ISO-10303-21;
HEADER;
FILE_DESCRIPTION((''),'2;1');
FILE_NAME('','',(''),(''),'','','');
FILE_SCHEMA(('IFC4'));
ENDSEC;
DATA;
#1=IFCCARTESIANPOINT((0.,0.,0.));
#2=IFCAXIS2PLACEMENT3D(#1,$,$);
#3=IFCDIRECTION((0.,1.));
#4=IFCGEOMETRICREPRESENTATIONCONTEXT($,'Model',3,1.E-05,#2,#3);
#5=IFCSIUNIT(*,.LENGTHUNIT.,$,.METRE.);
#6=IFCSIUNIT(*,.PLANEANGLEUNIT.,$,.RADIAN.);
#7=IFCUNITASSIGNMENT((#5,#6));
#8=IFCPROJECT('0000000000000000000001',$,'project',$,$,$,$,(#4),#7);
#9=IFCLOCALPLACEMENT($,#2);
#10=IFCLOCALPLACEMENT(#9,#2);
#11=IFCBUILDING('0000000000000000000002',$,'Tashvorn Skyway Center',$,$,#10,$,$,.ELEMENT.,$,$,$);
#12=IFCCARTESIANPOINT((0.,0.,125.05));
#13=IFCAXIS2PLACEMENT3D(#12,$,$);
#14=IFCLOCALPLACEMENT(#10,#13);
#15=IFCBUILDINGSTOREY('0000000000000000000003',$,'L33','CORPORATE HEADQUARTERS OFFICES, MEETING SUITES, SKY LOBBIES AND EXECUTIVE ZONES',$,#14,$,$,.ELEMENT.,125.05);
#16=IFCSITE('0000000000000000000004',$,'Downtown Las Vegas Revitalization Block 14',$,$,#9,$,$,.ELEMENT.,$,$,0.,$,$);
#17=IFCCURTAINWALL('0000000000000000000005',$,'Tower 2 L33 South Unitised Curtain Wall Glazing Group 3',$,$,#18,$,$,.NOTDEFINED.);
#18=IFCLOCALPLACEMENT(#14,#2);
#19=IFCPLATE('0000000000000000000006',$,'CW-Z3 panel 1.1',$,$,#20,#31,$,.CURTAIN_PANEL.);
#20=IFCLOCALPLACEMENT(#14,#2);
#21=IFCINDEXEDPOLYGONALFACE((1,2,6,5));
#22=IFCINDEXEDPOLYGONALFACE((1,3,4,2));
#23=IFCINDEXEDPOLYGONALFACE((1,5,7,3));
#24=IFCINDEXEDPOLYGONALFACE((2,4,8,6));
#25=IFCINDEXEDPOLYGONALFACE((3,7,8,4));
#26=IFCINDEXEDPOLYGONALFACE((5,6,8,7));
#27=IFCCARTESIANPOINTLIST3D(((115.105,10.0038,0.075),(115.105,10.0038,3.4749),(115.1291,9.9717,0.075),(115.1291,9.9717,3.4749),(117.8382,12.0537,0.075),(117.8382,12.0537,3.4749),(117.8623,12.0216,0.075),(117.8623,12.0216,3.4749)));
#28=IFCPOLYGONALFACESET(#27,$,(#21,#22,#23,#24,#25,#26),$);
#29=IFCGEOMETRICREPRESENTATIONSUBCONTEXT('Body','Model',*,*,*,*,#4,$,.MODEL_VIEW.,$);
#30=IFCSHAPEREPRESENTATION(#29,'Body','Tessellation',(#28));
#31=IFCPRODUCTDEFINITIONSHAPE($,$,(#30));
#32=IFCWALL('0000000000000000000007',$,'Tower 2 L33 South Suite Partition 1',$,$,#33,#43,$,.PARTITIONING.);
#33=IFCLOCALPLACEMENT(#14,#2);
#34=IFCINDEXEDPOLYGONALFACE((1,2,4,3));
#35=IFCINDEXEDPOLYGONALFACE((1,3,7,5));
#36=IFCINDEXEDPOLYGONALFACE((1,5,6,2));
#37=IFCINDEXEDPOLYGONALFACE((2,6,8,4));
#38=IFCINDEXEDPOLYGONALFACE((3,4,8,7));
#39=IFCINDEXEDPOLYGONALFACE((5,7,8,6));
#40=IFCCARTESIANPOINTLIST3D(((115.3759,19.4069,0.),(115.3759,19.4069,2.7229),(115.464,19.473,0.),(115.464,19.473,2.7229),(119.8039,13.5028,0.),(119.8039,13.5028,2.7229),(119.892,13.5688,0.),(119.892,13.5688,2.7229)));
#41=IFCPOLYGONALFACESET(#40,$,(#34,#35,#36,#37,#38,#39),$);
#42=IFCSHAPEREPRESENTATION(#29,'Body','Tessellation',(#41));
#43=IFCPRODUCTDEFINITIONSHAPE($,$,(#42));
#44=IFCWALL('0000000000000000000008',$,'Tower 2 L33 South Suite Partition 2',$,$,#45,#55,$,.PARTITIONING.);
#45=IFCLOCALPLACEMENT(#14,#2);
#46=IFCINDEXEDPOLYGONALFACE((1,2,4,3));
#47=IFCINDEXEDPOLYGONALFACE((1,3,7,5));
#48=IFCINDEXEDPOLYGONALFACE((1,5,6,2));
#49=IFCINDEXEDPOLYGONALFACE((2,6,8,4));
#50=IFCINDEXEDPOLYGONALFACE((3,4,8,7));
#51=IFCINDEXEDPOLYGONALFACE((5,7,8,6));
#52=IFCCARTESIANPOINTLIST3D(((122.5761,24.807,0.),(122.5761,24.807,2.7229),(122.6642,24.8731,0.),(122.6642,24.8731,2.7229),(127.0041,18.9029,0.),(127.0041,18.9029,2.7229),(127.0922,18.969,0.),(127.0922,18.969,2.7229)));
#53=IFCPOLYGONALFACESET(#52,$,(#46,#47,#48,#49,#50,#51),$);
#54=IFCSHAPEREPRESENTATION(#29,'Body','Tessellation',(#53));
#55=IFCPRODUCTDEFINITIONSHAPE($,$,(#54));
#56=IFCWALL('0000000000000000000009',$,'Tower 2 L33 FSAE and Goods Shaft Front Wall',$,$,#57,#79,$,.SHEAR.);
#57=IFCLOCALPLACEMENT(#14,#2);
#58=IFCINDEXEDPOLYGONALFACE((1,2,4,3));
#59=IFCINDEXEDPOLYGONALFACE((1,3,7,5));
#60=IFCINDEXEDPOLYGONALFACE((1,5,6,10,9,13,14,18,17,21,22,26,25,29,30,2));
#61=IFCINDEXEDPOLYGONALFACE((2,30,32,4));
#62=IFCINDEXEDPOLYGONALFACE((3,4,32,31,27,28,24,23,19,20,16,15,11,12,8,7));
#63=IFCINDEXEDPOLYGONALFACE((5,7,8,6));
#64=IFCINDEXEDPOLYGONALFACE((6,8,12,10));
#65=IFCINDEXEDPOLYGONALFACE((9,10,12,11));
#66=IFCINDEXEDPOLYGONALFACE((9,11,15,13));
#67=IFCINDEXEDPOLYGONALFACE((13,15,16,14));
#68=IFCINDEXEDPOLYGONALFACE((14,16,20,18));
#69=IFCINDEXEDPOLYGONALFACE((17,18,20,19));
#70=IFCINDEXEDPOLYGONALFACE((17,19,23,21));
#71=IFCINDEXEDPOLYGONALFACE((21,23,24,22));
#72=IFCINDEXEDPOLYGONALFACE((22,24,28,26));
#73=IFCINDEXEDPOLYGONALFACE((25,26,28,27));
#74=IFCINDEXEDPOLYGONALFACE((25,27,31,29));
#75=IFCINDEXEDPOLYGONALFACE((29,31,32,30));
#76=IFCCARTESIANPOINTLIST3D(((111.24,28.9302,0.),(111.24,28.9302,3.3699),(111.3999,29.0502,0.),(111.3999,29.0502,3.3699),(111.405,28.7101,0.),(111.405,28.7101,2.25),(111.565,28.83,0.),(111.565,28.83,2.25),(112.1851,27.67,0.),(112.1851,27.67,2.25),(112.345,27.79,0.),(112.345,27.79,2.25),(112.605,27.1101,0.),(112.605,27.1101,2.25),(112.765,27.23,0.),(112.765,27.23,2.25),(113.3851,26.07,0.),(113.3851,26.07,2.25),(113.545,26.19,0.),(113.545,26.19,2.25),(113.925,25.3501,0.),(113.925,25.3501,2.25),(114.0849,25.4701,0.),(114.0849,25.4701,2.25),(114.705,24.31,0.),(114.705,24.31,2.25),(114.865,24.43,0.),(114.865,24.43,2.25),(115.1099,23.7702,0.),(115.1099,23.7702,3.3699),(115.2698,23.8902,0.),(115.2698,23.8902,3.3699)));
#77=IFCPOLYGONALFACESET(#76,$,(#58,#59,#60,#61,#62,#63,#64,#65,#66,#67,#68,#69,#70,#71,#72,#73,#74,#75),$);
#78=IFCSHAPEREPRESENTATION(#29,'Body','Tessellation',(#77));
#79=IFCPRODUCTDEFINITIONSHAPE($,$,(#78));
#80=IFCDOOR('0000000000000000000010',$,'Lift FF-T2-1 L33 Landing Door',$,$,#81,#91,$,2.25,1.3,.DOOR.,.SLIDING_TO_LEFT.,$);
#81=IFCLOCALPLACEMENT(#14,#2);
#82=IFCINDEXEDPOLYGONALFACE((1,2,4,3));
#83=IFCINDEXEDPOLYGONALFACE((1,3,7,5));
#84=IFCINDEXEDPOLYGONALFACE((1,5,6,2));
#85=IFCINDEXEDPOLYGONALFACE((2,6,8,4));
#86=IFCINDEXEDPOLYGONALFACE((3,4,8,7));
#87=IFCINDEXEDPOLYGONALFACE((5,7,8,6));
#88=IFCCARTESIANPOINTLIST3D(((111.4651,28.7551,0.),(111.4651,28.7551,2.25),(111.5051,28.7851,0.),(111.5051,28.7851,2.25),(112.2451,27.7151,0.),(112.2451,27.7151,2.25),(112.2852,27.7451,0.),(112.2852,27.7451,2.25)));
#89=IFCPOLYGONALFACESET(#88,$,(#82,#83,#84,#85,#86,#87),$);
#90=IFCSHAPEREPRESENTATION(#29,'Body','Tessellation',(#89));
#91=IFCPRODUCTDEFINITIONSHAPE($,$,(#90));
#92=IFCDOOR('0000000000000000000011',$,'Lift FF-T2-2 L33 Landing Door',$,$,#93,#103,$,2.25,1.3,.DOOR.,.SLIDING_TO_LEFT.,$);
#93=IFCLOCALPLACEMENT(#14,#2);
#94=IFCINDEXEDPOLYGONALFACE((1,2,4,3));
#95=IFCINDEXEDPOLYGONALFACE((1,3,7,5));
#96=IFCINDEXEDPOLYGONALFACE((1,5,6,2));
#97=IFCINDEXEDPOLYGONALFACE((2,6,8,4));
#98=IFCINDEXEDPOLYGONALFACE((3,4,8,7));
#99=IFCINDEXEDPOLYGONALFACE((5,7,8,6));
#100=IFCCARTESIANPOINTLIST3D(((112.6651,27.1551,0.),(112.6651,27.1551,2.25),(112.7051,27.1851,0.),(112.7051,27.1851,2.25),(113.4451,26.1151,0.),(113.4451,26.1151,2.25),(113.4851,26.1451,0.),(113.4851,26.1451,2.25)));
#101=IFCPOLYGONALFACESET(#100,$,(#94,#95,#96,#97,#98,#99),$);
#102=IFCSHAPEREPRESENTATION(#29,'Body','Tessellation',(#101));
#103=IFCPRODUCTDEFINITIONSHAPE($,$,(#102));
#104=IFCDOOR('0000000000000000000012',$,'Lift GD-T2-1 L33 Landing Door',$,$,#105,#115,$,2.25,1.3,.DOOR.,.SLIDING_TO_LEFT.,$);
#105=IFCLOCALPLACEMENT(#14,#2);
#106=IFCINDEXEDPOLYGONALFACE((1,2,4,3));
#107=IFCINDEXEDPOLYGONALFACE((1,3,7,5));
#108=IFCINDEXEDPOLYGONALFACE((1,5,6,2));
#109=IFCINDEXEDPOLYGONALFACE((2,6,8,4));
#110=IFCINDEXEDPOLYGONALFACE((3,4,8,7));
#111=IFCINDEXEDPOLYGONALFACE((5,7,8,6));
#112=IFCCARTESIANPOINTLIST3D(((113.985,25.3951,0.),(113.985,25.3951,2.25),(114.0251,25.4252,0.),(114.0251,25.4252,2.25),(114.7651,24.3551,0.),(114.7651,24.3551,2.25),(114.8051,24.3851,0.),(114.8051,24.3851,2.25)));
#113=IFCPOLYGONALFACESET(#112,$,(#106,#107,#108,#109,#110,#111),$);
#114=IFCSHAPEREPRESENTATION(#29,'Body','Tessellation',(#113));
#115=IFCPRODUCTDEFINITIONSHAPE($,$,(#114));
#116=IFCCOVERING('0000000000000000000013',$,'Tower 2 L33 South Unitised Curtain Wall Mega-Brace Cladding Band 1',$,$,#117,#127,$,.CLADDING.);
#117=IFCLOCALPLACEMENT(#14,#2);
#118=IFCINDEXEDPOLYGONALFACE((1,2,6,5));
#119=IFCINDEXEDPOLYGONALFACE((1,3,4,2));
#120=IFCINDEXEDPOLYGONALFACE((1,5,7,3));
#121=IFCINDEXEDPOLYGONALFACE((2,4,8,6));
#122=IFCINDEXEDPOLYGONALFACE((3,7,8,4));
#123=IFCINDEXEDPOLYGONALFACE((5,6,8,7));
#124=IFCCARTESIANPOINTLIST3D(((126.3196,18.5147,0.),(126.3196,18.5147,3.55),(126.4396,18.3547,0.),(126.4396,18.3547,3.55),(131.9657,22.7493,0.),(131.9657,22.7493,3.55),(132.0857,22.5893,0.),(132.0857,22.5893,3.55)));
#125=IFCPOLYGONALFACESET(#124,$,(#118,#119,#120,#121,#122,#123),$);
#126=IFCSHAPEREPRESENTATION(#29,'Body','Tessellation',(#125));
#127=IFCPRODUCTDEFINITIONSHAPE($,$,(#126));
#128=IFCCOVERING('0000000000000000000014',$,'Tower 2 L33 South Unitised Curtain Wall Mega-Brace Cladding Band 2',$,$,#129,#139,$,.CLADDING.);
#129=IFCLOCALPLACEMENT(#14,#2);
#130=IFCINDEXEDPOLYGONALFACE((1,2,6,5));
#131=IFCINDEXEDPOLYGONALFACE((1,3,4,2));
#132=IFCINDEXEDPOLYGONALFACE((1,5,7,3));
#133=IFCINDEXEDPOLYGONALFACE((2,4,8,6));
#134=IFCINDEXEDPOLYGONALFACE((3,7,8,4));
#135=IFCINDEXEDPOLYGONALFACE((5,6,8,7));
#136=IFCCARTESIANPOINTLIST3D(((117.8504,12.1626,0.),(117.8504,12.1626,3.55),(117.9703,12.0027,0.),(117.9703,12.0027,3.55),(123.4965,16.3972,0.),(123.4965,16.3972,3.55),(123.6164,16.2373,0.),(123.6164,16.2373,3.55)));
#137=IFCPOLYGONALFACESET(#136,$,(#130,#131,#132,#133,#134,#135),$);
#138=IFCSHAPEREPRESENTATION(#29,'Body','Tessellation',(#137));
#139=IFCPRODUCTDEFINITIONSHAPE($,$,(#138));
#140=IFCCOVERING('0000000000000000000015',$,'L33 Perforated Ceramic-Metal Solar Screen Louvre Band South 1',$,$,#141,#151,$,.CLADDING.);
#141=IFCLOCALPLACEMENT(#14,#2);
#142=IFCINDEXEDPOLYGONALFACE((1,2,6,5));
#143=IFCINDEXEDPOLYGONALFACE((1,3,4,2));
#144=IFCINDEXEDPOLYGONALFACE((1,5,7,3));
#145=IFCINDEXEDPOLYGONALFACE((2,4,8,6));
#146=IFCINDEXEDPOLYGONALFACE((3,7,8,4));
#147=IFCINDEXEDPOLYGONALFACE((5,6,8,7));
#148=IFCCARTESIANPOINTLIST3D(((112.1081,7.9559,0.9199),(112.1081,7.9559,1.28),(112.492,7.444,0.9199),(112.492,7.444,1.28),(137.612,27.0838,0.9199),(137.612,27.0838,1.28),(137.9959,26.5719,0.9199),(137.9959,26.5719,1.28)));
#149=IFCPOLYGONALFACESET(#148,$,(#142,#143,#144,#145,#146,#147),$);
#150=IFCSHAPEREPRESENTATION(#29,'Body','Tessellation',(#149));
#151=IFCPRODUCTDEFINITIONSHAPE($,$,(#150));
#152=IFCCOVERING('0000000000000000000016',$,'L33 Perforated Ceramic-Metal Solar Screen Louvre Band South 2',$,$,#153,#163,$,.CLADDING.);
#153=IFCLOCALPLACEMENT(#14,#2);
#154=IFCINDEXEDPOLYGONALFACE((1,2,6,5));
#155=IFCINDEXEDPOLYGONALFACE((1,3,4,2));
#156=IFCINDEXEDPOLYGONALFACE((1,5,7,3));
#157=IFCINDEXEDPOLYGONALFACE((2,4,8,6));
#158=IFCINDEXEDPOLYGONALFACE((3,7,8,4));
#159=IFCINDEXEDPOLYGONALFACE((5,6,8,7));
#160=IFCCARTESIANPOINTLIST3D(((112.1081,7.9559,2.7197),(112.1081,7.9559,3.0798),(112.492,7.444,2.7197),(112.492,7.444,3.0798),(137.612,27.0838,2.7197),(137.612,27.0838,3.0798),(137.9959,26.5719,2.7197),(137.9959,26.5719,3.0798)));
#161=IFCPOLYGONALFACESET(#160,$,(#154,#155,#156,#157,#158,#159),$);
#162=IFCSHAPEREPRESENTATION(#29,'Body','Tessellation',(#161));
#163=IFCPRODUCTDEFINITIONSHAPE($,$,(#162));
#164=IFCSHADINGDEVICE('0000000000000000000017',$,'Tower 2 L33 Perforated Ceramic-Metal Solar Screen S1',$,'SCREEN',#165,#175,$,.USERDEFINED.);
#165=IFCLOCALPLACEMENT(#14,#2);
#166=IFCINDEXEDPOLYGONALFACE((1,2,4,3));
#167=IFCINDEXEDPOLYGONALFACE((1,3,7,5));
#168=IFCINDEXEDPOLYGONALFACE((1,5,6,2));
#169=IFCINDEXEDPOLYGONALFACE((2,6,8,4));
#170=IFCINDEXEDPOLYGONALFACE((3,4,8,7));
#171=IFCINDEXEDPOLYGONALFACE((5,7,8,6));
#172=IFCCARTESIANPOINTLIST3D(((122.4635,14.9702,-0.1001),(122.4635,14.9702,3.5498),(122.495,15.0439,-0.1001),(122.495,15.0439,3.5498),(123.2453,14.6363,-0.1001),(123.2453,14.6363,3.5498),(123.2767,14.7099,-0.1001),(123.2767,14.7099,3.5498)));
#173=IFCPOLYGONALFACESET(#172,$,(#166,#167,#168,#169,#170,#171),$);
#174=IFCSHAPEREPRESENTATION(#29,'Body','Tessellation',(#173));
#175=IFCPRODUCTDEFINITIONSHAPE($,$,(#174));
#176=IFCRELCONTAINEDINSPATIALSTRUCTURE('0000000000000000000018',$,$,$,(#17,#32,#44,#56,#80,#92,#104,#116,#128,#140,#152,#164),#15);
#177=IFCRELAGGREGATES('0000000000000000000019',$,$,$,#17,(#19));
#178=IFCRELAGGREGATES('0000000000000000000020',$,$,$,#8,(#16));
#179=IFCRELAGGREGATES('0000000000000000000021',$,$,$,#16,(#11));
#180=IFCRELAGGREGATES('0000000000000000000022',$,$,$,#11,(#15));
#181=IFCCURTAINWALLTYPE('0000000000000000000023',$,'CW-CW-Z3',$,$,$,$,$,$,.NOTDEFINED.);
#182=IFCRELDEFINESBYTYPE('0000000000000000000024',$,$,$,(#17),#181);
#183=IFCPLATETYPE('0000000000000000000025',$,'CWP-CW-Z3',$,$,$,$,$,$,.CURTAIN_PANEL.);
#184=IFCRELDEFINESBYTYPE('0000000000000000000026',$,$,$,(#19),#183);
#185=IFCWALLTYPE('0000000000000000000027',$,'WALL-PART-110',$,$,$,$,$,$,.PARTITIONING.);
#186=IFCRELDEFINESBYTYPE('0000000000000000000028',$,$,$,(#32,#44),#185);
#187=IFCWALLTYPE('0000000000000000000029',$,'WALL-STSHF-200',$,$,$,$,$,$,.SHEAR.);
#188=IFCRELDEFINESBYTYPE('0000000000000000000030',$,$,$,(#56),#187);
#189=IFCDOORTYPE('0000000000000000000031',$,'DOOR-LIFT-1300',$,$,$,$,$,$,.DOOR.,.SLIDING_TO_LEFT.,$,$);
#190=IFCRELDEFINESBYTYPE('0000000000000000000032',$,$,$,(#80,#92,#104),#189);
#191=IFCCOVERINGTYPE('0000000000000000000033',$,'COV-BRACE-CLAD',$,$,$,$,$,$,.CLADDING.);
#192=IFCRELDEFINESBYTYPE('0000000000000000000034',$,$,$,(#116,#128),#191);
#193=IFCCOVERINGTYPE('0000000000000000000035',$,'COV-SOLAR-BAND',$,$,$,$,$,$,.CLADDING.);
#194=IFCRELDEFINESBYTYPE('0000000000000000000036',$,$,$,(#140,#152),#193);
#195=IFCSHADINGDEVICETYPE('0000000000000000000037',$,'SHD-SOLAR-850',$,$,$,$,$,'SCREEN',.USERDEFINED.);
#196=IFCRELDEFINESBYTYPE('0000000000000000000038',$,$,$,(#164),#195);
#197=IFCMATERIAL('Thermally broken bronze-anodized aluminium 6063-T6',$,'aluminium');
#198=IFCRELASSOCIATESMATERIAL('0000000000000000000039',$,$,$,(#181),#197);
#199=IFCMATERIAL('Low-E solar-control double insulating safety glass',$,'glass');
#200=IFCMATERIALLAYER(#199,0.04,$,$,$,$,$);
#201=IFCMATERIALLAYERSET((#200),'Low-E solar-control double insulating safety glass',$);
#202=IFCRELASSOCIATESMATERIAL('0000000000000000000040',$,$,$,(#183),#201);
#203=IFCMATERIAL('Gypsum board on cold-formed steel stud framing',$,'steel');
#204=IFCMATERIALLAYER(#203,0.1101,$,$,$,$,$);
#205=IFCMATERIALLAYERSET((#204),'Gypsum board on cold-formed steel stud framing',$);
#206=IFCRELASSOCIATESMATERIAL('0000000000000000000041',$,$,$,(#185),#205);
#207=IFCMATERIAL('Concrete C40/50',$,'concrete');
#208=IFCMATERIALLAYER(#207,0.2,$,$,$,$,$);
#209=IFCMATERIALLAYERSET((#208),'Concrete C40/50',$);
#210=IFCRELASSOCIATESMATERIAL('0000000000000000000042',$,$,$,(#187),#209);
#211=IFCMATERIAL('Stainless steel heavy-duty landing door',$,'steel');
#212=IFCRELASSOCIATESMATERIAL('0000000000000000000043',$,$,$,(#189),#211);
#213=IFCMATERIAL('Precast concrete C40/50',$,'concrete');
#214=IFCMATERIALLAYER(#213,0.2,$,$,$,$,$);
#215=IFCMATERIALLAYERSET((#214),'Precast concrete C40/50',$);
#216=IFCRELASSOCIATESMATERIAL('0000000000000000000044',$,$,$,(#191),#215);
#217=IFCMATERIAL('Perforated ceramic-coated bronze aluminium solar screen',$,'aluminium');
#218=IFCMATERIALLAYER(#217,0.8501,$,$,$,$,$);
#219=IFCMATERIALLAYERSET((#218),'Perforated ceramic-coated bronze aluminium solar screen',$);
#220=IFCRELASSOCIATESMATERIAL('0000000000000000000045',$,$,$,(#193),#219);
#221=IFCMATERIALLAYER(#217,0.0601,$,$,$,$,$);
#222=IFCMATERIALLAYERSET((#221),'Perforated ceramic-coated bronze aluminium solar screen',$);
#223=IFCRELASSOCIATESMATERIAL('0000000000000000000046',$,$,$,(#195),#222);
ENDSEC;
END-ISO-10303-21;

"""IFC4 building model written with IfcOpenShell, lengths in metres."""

from ifc_helpers import new_model, si_unit, direction, frame, frame_2d, origin, origin_2d, place, context, subcontext, project, spatial, rectangle, extrude, material, layer, layer_set, type_object, element, fill, aggregate, save


model = new_model("IFC4")

# Units and contexts
model_context = context("Model", 3, precision=1e-05, world=origin(), true_north=direction((0.0, 1.0)))
body_context = subcontext(model_context, "Body", "Model", "MODEL_VIEW")
ifc_project = project(units=[si_unit("LENGTHUNIT", "METRE"), si_unit("PLANEANGLEUNIT", "RADIAN")], contexts=[model_context])

# Site, building, storey
site_placement = place(None, origin())
site = spatial("IfcSite", under=ifc_project, at=site_placement, Name="Downtown Las Vegas Revitalization Block 14", CompositionType="ELEMENT", RefElevation=0.0)
building_placement = place(site_placement, origin())
building = spatial("IfcBuilding", under=site, at=building_placement, Name="Tashvorn Skyway Center", CompositionType="ELEMENT")
storey_placement = place(building_placement, frame((0.0, 0.0, 125.05)))
storey = spatial("IfcBuildingStorey", under=building, at=storey_placement, Name="L33", Description="CORPORATE HEADQUARTERS OFFICES, MEETING SUITES, SKY LOBBIES AND EXECUTIVE ZONES", CompositionType="ELEMENT", Elevation=125.05)

# Shared definitions
ifc_material_1 = material(Name="Thermally broken bronze-anodized aluminium 6063-T6", Category="aluminium")
curtain_wall_type = type_object("IfcCurtainWallType", Name="CW-CW-Z3", PredefinedType="NOTDEFINED", material=ifc_material_1)

# Curtain wall
curtain_wall_1_placement = place(storey_placement, origin())
curtain_wall_1 = element("IfcCurtainWall", 1, at=curtain_wall_1_placement, inside=storey, type_object=curtain_wall_type, Name="Tower 2 L33 South Unitised Curtain Wall Glazing Group 3", PredefinedType="NOTDEFINED")

# Plate
ifc_material_2 = material(Name="Low-E solar-control double insulating safety glass", Category="glass")
ifc_layer_1 = layer(ifc_material_2, 0.04)
ifc_layer_set_1 = layer_set([ifc_layer_1], Name="Low-E solar-control double insulating safety glass")
plate_type = type_object("IfcPlateType", Name="CWP-CW-Z3", PredefinedType="CURTAIN_PANEL", material=ifc_layer_set_1)
plate_1_placement = place(storey_placement, frame((116.4836, 11.0127, 0.075), z_axis=(0.0, 0.0, 1.0), x_axis=(-0.799997, -0.600005, 0.0)))
plate_1 = element("IfcPlate", 2, at=plate_1_placement, type_object=plate_type, Name="CW-Z3 panel 1.1", PredefinedType="CURTAIN_PANEL", context=body_context, shape_type="SweptSolid", body=[
    extrude(rectangle(XDim=3.4165, YDim=0.04, at=origin_2d()), origin(), (0.0, 0.0, 1.0), 3.3999),
])
aggregate(curtain_wall_1, [plate_1])

# Walls
ifc_material_3 = material(Name="Gypsum board on cold-formed steel stud framing", Category="steel")
ifc_layer_2 = layer(ifc_material_3, 0.1101)
ifc_layer_set_2 = layer_set([ifc_layer_2], Name="Gypsum board on cold-formed steel stud framing")
wall_type_1 = type_object("IfcWallType", Name="WALL-PART-110", PredefinedType="PARTITIONING", material=ifc_layer_set_2)
for number, where, z_axis, x_axis, name in (
    (3, (119.8479, 13.5359, 0.0), (0.0, 0.0, 1.0), (-0.599995, 0.800004, 0.0), "Tower 2 L33 South Suite Partition 1"),
    (4, (127.0481, 18.936, 0.0), (0.0, 0.0, 1.0), (-0.599995, 0.800004, 0.0), "Tower 2 L33 South Suite Partition 2"),
):
    element("IfcWall", number, at=place(storey_placement, frame(where, z_axis=z_axis, x_axis=x_axis)), inside=storey, type_object=wall_type_1, Name=name, PredefinedType="PARTITIONING", context=body_context, shape_type="SweptSolid", body=[
        extrude(rectangle(XDim=7.3801, YDim=0.1101, at=frame_2d((3.6899, 0.0))), origin(), (0.0, 0.0, 1.0), 2.7229),
    ])

# Wall, openings, doors
ifc_material_4 = material(Name="Concrete C40/50", Category="concrete")
ifc_layer_3 = layer(ifc_material_4, 0.2)
ifc_layer_set_3 = layer_set([ifc_layer_3], Name="Concrete C40/50")
wall_type_2 = type_object("IfcWallType", Name="WALL-STSHF-200", PredefinedType="SHEAR", material=ifc_layer_set_3)
wall_placement = place(storey_placement, frame((115.1899, 23.8301, 0.0), z_axis=(0.0, 0.0, 1.0), x_axis=(-0.599994, 0.800005, 0.0)))
wall = element("IfcWall", 5, at=wall_placement, inside=storey, type_object=wall_type_2, Name="Tower 2 L33 FSAE and Goods Shaft Front Wall", PredefinedType="SHEAR", context=body_context, shape_type="SweptSolid", body=[
    extrude(rectangle(XDim=6.45, YDim=0.2, at=frame_2d((3.2251, 0.0))), origin(), (0.0, 0.0, 1.0), 3.3699),
])
opening_1_placement = place(wall_placement, frame((4.875, 0.0, 0.0)))
opening_1 = element("IfcOpeningElement", 6, at=opening_1_placement, cuts=wall, PredefinedType="OPENING", context=body_context, shape_type="SweptSolid", body=[
    extrude(rectangle(XDim=1.3, YDim=2.25, at=frame_2d((0.6499, 1.125))), frame((0.0, 0.1099, 0.0), z_axis=(0.0, -1.0, 0.0), x_axis=(1.0, 0.0, 0.0)), (0.0, 0.0, 1.0), 0.22),
])
opening_2_placement = place(wall_placement, frame((2.875, 0.0, 0.0)))
opening_2 = element("IfcOpeningElement", 7, at=opening_2_placement, cuts=wall, PredefinedType="OPENING", context=body_context, shape_type="SweptSolid", body=[
    extrude(rectangle(XDim=1.3, YDim=2.25, at=frame_2d((0.6499, 1.125))), frame((0.0, 0.1099, 0.0), z_axis=(0.0, -1.0, 0.0), x_axis=(1.0, 0.0, 0.0)), (0.0, 0.0, 1.0), 0.22),
])
opening_3_placement = place(wall_placement, frame((0.675, 0.0, 0.0)))
opening_3 = element("IfcOpeningElement", 8, at=opening_3_placement, cuts=wall, PredefinedType="OPENING", context=body_context, shape_type="SweptSolid", body=[
    extrude(rectangle(XDim=1.3, YDim=2.25, at=frame_2d((0.6499, 1.125))), frame((0.0, 0.1099, 0.0), z_axis=(0.0, -1.0, 0.0), x_axis=(1.0, 0.0, 0.0)), (0.0, 0.0, 1.0), 0.22),
])
ifc_material_5 = material(Name="Stainless steel heavy-duty landing door", Category="steel")
door_type = type_object("IfcDoorType", Name="DOOR-LIFT-1300", OperationType="SLIDING_TO_LEFT", PredefinedType="DOOR", material=ifc_material_5)
door_1_placement = place(opening_1_placement, origin())
door_1 = element("IfcDoor", 9, at=door_1_placement, inside=storey, type_object=door_type, Name="Lift FF-T2-1 L33 Landing Door", OperationType="SLIDING_TO_LEFT", OverallHeight=2.25, OverallWidth=1.3, PredefinedType="DOOR", context=body_context, shape_type="SweptSolid", body=[
    extrude(rectangle(XDim=1.3, YDim=2.25, at=frame_2d((0.6499, 1.125))), frame((0.0, 0.0249, 0.0), z_axis=(0.0, -1.0, 0.0), x_axis=(1.0, 0.0, 0.0)), (0.0, 0.0, 1.0), 0.05),
])
fill(opening_1, door_1)
door_2_placement = place(opening_2_placement, origin())
door_2 = element("IfcDoor", 10, at=door_2_placement, inside=storey, type_object=door_type, Name="Lift FF-T2-2 L33 Landing Door", OperationType="SLIDING_TO_LEFT", OverallHeight=2.25, OverallWidth=1.3, PredefinedType="DOOR", context=body_context, shape_type="SweptSolid", body=[
    extrude(rectangle(XDim=1.3, YDim=2.25, at=frame_2d((0.6499, 1.125))), frame((0.0, 0.0249, 0.0), z_axis=(0.0, -1.0, 0.0), x_axis=(1.0, 0.0, 0.0)), (0.0, 0.0, 1.0), 0.05),
])
fill(opening_2, door_2)
door_3_placement = place(opening_3_placement, origin())
door_3 = element("IfcDoor", 11, at=door_3_placement, inside=storey, type_object=door_type, Name="Lift GD-T2-1 L33 Landing Door", OperationType="SLIDING_TO_LEFT", OverallHeight=2.25, OverallWidth=1.3, PredefinedType="DOOR", context=body_context, shape_type="SweptSolid", body=[
    extrude(rectangle(XDim=1.3, YDim=2.25, at=frame_2d((0.6499, 1.125))), frame((0.0, 0.0249, 0.0), z_axis=(0.0, -1.0, 0.0), x_axis=(1.0, 0.0, 0.0)), (0.0, 0.0, 1.0), 0.05),
])
fill(opening_3, door_3)

# Coverings
ifc_material_6 = material(Name="Precast concrete C40/50", Category="concrete")
ifc_layer_4 = layer(ifc_material_6, 0.2)
ifc_layer_set_4 = layer_set([ifc_layer_4], Name="Precast concrete C40/50")
covering_type_1 = type_object("IfcCoveringType", Name="COV-BRACE-CLAD", PredefinedType="CLADDING", material=ifc_layer_set_4)
for number, where, z_axis, x_axis, name in (
    (12, (129.2026, 20.552, 0.0), (0.0, 0.0, 1.0), (-0.8, -0.6, 0.0), "Tower 2 L33 South Unitised Curtain Wall Mega-Brace Cladding Band 1"),
    (13, (120.7334, 14.2, 0.0), (0.0, 0.0, 1.0), (-0.8, -0.6, 0.0), "Tower 2 L33 South Unitised Curtain Wall Mega-Brace Cladding Band 2"),
):
    element("IfcCovering", number, at=place(storey_placement, frame(where, z_axis=z_axis, x_axis=x_axis)), inside=storey, type_object=covering_type_1, Name=name, PredefinedType="CLADDING", context=body_context, shape_type="SweptSolid", body=[
        extrude(rectangle(XDim=7.0576, YDim=0.2, at=origin_2d()), origin(), (0.0, 0.0, 1.0), 3.55),
    ])
ifc_material_7 = material(Name="Perforated ceramic-coated bronze aluminium solar screen", Category="aluminium")
ifc_layer_5 = layer(ifc_material_7, 0.8501)
ifc_layer_set_5 = layer_set([ifc_layer_5], Name="Perforated ceramic-coated bronze aluminium solar screen")
covering_type_2 = type_object("IfcCoveringType", Name="COV-SOLAR-BAND", PredefinedType="CLADDING", material=ifc_layer_set_5)
for number, where, z_axis, x_axis, name in (
    (14, (125.052, 17.2639, 0.9199), (0.0, 0.0, 1.0), (-0.8, -0.6, 0.0), "L33 Perforated Ceramic-Metal Solar Screen Louvre Band South 1"),
    (15, (125.052, 17.2639, 2.7197), (0.0, 0.0, 1.0), (-0.8, -0.6, 0.0), "L33 Perforated Ceramic-Metal Solar Screen Louvre Band South 2"),
):
    element("IfcCovering", number, at=place(storey_placement, frame(where, z_axis=z_axis, x_axis=x_axis)), inside=storey, type_object=covering_type_2, Name=name, PredefinedType="CLADDING", context=body_context, shape_type="SweptSolid", body=[
        extrude(rectangle(XDim=31.8799, YDim=0.6399, at=origin_2d()), origin(), (0.0, 0.0, 1.0), 0.3601),
    ])

# Shading device
ifc_layer_6 = layer(ifc_material_7, 0.0601)
ifc_layer_set_6 = layer_set([ifc_layer_6], Name="Perforated ceramic-coated bronze aluminium solar screen")
shading_device_type = type_object("IfcShadingDeviceType", Name="SHD-SOLAR-850", ElementType="SCREEN", PredefinedType="USERDEFINED", material=ifc_layer_set_6)
for number, where, z_axis, x_axis, name in (
    (16, (122.8701, 14.8401, -0.1001), (0.0, 0.0, 1.0), (-0.39282, -0.919615, 0.0), "Tower 2 L33 Perforated Ceramic-Metal Solar Screen S1"),
):
    element("IfcShadingDevice", number, at=place(storey_placement, frame(where, z_axis=z_axis, x_axis=x_axis)), inside=storey, type_object=shading_device_type, Name=name, ObjectType="SCREEN", PredefinedType="USERDEFINED", context=body_context, shape_type="SweptSolid", body=[
        extrude(rectangle(XDim=0.0801, YDim=0.8501, at=origin_2d()), origin(), (0.0, 0.0, 1.0), 3.6499),
    ])

save(model, "model.ifc")
